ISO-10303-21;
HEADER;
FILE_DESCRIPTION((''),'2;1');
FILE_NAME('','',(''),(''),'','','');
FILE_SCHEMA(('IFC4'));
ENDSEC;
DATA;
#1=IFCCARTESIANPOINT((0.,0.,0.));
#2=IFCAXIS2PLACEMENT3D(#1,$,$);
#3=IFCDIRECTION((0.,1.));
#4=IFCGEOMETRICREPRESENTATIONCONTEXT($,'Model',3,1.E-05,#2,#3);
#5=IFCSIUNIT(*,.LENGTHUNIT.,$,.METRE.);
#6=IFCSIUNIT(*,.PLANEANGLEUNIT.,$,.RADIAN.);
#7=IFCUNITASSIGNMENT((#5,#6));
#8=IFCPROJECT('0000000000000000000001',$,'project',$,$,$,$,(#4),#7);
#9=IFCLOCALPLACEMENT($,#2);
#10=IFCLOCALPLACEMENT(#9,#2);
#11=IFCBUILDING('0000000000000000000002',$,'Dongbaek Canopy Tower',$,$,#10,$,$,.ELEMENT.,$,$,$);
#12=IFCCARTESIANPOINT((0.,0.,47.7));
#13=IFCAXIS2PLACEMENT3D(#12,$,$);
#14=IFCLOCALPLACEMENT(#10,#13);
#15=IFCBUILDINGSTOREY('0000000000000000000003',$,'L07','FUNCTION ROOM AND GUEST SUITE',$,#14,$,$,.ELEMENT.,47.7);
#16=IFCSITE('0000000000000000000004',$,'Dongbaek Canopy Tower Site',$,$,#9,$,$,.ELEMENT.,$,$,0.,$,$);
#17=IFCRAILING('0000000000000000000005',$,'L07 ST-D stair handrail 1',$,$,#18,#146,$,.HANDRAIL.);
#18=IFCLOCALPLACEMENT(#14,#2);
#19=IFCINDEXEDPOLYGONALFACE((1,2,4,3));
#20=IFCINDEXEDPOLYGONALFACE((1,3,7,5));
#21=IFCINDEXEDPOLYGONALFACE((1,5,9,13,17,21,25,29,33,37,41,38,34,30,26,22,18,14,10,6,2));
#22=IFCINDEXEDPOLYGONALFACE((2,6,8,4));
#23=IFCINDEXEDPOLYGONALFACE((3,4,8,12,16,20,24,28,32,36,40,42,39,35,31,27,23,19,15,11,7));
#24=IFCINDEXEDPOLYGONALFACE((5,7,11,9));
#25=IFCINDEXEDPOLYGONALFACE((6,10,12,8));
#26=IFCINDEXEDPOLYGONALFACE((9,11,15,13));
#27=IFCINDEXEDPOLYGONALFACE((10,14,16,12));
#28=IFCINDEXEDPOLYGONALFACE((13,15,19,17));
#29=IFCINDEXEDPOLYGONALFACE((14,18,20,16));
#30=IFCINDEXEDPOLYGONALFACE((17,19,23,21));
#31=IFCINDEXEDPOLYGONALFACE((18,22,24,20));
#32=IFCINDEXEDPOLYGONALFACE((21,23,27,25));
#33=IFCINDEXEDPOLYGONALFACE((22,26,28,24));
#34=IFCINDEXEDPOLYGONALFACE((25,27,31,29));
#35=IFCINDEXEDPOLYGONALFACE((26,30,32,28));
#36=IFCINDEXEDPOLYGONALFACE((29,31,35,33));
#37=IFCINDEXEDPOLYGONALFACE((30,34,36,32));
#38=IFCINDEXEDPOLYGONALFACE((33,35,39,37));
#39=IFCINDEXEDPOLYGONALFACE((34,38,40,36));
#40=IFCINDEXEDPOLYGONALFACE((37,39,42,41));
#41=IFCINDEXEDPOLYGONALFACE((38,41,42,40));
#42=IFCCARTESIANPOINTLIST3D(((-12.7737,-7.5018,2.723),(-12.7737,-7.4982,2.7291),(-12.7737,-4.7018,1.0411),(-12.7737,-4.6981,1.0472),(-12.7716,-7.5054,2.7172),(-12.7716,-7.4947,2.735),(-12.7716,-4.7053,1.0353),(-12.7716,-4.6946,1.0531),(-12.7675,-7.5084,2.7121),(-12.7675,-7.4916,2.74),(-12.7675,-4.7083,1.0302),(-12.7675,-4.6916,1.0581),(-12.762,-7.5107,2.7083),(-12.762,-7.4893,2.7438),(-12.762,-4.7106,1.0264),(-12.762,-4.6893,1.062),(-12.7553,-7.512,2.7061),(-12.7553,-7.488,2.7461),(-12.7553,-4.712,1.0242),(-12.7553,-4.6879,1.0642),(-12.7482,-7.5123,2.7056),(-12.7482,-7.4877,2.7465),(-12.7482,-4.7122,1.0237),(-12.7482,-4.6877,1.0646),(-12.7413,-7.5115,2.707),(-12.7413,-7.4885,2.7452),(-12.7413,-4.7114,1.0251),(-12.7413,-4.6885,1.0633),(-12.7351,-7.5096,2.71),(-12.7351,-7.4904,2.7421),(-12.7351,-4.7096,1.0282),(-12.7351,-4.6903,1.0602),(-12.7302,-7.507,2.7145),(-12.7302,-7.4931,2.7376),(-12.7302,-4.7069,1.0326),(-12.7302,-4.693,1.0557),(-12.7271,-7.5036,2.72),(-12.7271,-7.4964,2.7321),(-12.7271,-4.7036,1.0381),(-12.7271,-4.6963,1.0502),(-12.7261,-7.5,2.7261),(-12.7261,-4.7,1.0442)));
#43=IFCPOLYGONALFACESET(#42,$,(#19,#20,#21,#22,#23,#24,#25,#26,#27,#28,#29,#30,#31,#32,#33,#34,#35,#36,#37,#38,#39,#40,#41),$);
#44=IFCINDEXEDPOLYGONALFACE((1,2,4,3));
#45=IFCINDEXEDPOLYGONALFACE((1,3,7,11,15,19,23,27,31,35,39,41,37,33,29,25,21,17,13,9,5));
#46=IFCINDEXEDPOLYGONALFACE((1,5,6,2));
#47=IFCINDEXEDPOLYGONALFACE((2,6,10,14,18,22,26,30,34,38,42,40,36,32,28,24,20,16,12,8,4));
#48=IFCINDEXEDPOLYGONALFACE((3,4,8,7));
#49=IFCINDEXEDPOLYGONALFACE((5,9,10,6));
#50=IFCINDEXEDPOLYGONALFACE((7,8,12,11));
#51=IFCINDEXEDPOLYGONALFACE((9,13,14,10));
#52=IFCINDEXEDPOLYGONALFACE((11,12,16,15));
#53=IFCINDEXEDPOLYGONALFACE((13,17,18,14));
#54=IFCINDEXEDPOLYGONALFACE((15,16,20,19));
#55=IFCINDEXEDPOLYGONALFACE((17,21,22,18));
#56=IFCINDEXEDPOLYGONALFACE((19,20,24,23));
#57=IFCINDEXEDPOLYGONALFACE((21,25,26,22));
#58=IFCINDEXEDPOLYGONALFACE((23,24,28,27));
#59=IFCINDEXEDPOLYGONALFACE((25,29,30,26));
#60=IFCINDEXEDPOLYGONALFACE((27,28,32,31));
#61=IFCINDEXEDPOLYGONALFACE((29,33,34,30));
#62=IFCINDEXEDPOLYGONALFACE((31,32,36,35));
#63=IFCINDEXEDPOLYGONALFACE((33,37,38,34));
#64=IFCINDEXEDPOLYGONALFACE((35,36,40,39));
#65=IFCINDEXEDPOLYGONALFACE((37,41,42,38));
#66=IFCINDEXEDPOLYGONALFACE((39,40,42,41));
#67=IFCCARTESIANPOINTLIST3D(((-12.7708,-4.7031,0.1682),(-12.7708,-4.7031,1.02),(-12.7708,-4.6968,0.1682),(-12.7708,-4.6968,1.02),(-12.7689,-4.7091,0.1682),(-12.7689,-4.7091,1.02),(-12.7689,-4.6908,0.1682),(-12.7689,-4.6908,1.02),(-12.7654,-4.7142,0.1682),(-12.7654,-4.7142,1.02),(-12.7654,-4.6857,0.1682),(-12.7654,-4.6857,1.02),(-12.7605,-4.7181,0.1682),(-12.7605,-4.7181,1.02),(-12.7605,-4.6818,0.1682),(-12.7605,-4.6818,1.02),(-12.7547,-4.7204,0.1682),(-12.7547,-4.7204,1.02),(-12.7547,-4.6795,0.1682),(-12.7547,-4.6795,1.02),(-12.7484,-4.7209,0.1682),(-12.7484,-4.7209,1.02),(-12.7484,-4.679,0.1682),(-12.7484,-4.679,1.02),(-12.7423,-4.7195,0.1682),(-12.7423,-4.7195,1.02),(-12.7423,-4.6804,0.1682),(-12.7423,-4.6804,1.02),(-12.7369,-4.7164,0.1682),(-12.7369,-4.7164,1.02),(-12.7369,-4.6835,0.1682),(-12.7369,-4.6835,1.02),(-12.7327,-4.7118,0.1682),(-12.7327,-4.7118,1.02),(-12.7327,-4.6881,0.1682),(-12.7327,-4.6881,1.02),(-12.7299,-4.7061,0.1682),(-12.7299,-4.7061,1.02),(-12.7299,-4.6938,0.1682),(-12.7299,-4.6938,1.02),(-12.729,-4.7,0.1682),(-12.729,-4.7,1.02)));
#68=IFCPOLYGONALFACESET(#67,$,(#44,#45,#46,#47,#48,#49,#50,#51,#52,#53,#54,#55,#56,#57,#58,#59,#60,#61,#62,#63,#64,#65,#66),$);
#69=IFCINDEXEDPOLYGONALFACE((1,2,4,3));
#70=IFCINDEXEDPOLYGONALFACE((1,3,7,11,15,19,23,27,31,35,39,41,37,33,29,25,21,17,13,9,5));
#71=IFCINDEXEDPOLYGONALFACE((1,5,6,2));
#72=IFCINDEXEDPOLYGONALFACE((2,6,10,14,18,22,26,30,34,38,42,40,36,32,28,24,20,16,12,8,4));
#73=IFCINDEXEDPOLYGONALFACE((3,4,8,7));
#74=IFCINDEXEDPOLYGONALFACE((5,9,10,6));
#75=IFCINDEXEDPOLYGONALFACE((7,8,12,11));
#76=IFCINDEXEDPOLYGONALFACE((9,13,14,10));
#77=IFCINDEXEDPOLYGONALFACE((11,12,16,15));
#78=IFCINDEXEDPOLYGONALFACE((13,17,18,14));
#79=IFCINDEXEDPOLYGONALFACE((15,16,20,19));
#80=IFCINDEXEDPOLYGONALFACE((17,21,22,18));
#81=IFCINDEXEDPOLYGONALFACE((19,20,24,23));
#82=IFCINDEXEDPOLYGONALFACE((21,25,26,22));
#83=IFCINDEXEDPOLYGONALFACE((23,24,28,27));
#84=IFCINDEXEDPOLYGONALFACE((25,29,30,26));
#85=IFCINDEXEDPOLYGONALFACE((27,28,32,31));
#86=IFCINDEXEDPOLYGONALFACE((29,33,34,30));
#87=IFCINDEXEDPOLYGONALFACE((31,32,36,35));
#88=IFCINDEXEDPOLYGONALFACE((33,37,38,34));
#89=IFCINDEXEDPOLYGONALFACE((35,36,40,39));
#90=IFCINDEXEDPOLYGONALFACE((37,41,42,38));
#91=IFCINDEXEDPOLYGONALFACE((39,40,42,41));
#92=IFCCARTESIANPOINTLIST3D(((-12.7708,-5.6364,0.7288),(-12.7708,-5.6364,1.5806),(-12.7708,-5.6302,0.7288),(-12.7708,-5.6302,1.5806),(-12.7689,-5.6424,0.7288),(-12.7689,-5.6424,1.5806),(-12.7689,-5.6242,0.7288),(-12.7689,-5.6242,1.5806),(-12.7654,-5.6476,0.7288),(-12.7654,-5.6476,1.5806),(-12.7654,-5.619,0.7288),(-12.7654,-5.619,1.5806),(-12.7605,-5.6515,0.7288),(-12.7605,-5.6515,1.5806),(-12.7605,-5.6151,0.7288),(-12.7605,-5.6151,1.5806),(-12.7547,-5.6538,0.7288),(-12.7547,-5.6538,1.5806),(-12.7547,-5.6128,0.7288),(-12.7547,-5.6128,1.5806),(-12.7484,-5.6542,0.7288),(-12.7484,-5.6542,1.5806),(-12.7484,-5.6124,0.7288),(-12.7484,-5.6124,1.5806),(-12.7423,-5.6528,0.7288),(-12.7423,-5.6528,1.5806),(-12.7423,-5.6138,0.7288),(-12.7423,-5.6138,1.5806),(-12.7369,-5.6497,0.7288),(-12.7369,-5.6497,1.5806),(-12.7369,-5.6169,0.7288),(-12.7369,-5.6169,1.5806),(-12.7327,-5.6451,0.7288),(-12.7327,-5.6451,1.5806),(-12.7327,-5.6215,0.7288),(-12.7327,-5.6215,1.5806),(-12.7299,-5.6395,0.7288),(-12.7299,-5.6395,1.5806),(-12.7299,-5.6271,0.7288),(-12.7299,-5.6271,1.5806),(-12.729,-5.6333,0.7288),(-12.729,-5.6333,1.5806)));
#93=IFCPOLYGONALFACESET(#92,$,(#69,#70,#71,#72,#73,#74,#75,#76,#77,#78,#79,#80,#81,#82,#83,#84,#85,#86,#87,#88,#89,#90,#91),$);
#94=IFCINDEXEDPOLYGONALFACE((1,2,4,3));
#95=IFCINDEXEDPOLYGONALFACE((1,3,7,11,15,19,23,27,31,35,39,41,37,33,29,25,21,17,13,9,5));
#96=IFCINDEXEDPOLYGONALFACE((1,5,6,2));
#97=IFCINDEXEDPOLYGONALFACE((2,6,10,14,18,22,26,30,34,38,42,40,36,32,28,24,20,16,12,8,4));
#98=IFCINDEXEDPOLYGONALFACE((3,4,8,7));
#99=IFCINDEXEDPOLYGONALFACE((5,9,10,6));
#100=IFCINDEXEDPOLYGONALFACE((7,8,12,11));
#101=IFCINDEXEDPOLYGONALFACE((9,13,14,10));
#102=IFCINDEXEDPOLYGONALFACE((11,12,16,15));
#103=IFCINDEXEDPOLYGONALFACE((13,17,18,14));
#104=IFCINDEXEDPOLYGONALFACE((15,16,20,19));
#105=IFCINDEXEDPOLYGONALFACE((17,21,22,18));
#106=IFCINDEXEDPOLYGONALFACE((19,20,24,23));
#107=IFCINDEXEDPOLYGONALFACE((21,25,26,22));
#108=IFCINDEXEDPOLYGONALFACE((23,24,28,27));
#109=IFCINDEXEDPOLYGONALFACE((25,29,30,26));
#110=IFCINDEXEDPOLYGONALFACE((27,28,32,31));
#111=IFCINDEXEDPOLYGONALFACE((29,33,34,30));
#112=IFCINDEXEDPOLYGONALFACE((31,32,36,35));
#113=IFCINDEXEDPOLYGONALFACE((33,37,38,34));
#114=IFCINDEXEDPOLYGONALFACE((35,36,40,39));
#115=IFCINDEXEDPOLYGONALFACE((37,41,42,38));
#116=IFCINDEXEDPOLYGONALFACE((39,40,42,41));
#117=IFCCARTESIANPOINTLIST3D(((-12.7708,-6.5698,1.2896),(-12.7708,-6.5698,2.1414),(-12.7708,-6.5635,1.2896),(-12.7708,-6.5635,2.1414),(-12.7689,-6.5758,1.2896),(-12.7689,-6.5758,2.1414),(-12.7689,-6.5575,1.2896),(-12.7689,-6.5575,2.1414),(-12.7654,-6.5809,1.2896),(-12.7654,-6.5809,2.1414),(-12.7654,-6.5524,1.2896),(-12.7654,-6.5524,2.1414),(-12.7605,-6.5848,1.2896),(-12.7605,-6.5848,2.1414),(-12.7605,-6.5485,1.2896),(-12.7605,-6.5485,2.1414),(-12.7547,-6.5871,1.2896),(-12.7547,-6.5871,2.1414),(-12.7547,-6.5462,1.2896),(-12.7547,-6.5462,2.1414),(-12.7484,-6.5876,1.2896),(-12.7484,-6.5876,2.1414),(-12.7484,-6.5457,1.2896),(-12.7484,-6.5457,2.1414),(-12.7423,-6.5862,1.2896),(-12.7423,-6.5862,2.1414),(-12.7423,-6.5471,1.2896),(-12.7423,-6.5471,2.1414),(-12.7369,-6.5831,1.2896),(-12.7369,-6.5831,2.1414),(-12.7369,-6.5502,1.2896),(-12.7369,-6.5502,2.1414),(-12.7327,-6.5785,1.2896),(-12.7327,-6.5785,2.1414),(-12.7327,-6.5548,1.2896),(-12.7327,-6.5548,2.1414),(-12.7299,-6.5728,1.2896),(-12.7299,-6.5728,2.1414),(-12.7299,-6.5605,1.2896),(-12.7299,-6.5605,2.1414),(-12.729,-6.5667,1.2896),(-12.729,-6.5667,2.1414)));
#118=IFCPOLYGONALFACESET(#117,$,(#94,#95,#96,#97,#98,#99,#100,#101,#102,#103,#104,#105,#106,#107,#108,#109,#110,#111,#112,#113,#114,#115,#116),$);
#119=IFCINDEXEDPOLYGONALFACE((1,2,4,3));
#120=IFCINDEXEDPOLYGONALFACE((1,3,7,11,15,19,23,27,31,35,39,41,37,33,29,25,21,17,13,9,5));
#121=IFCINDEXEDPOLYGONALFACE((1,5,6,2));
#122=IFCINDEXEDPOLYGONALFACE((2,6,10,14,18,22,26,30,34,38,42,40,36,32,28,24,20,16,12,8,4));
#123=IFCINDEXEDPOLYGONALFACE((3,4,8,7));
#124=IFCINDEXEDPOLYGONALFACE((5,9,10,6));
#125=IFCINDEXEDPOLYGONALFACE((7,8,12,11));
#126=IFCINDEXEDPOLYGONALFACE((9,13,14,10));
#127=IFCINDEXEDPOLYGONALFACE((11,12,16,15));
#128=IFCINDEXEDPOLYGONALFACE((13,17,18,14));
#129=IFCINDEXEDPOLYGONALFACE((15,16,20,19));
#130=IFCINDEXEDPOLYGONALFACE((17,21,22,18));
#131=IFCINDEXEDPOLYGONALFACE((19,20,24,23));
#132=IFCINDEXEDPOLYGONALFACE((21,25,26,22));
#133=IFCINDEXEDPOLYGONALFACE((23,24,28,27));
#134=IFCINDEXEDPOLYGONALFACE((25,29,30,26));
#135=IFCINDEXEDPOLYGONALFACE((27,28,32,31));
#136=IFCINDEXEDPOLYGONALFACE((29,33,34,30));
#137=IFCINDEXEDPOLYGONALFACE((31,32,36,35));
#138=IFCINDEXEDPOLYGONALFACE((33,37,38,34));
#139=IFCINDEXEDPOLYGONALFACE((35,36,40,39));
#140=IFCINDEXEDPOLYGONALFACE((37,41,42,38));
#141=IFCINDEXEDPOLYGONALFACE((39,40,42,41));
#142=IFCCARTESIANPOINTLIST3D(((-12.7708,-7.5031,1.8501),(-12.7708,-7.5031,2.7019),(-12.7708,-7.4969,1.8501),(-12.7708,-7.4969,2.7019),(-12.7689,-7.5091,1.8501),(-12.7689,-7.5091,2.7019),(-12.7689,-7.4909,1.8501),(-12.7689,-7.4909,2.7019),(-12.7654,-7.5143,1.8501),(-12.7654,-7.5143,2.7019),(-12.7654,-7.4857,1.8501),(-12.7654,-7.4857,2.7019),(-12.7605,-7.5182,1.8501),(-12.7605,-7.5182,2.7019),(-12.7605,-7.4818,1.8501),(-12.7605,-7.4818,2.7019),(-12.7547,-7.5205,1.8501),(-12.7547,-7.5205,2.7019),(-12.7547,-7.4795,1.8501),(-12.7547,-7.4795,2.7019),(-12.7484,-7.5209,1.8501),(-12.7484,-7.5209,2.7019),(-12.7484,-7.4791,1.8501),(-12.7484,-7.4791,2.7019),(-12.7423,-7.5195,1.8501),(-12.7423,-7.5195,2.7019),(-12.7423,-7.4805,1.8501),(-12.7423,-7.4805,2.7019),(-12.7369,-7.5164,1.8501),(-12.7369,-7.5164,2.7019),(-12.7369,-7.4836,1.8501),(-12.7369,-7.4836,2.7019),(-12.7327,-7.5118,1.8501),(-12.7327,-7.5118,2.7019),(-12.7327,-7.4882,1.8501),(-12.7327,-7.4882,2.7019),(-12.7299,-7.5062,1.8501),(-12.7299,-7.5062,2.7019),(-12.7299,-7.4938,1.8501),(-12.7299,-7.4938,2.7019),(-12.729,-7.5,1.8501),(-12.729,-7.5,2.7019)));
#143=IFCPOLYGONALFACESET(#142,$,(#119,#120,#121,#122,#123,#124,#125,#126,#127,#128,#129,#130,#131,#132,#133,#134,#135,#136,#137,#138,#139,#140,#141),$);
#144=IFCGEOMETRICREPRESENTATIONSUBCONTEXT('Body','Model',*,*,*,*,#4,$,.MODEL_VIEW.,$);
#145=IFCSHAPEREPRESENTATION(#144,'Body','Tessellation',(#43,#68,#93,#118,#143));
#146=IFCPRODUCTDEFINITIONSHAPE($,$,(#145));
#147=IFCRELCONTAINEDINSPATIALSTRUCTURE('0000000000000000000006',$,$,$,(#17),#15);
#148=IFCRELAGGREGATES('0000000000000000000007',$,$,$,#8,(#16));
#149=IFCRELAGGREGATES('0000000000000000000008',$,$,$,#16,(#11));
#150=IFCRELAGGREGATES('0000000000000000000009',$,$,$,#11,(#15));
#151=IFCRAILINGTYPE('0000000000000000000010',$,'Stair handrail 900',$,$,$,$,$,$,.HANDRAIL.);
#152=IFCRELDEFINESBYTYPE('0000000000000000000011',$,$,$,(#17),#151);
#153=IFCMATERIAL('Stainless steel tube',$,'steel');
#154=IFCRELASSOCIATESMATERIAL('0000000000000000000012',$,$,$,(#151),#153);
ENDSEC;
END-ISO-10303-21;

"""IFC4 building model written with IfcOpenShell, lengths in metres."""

from ifc_helpers import new_model, si_unit, direction, frame, origin, origin_2d, place, context, subcontext, project, spatial, circle, extrude, material, type_object, element, save


model = new_model("IFC4")

# Units and contexts
model_context = context("Model", 3, precision=1e-05, world=origin(), true_north=direction((0.0, 1.0)))
body_context = subcontext(model_context, "Body", "Model", "MODEL_VIEW")
ifc_project = project(units=[si_unit("LENGTHUNIT", "METRE"), si_unit("PLANEANGLEUNIT", "RADIAN")], contexts=[model_context])

# Site, building, storey
site_placement = place(None, origin())
site = spatial("IfcSite", under=ifc_project, at=site_placement, Name="Dongbaek Canopy Tower Site", CompositionType="ELEMENT", RefElevation=0.0)
building_placement = place(site_placement, origin())
building = spatial("IfcBuilding", under=site, at=building_placement, Name="Dongbaek Canopy Tower", CompositionType="ELEMENT")
storey_placement = place(building_placement, frame((0.0, 0.0, 47.7)))
storey = spatial("IfcBuildingStorey", under=building, at=storey_placement, Name="L07", Description="FUNCTION ROOM AND GUEST SUITE", CompositionType="ELEMENT", Elevation=47.7)

# Railing
ifc_material_1 = material(Name="Stainless steel tube", Category="steel")
railing_type_1 = type_object("IfcRailingType", Name="Stair handrail 900", PredefinedType="HANDRAIL", material=ifc_material_1)
railing_1_placement = place(storey_placement, frame((-12.75, -4.7, 0.1682)))
element("IfcRailing", 1, at=railing_1_placement, inside=storey, type_object=railing_type_1, Name="L07 ST-D stair handrail 1", PredefinedType="HANDRAIL", context=body_context, shape_type="SweptSolid", body=[
    extrude(circle(Radius=0.0239, at=origin_2d()), frame((0.0, 0.0, 0.876), z_axis=(0.0, -0.857242, 0.514913), x_axis=(1.0, 0.0, 0.0)), (0.0, 0.0, 1.0), 3.2664),
    extrude(circle(Radius=0.021, at=origin_2d()), origin(), (0.0, 0.0, 1.0), 0.8518),
    extrude(circle(Radius=0.021, at=origin_2d()), frame((0.0, -0.9333, 0.5605)), (0.0, 0.0, 1.0), 0.8518),
    extrude(circle(Radius=0.021, at=origin_2d()), frame((0.0, -1.8667, 1.1213)), (0.0, 0.0, 1.0), 0.8518),
    extrude(circle(Radius=0.021, at=origin_2d()), frame((0.0, -2.8, 1.6819)), (0.0, 0.0, 1.0), 0.8518),
])

save(model, "model.ifc")
